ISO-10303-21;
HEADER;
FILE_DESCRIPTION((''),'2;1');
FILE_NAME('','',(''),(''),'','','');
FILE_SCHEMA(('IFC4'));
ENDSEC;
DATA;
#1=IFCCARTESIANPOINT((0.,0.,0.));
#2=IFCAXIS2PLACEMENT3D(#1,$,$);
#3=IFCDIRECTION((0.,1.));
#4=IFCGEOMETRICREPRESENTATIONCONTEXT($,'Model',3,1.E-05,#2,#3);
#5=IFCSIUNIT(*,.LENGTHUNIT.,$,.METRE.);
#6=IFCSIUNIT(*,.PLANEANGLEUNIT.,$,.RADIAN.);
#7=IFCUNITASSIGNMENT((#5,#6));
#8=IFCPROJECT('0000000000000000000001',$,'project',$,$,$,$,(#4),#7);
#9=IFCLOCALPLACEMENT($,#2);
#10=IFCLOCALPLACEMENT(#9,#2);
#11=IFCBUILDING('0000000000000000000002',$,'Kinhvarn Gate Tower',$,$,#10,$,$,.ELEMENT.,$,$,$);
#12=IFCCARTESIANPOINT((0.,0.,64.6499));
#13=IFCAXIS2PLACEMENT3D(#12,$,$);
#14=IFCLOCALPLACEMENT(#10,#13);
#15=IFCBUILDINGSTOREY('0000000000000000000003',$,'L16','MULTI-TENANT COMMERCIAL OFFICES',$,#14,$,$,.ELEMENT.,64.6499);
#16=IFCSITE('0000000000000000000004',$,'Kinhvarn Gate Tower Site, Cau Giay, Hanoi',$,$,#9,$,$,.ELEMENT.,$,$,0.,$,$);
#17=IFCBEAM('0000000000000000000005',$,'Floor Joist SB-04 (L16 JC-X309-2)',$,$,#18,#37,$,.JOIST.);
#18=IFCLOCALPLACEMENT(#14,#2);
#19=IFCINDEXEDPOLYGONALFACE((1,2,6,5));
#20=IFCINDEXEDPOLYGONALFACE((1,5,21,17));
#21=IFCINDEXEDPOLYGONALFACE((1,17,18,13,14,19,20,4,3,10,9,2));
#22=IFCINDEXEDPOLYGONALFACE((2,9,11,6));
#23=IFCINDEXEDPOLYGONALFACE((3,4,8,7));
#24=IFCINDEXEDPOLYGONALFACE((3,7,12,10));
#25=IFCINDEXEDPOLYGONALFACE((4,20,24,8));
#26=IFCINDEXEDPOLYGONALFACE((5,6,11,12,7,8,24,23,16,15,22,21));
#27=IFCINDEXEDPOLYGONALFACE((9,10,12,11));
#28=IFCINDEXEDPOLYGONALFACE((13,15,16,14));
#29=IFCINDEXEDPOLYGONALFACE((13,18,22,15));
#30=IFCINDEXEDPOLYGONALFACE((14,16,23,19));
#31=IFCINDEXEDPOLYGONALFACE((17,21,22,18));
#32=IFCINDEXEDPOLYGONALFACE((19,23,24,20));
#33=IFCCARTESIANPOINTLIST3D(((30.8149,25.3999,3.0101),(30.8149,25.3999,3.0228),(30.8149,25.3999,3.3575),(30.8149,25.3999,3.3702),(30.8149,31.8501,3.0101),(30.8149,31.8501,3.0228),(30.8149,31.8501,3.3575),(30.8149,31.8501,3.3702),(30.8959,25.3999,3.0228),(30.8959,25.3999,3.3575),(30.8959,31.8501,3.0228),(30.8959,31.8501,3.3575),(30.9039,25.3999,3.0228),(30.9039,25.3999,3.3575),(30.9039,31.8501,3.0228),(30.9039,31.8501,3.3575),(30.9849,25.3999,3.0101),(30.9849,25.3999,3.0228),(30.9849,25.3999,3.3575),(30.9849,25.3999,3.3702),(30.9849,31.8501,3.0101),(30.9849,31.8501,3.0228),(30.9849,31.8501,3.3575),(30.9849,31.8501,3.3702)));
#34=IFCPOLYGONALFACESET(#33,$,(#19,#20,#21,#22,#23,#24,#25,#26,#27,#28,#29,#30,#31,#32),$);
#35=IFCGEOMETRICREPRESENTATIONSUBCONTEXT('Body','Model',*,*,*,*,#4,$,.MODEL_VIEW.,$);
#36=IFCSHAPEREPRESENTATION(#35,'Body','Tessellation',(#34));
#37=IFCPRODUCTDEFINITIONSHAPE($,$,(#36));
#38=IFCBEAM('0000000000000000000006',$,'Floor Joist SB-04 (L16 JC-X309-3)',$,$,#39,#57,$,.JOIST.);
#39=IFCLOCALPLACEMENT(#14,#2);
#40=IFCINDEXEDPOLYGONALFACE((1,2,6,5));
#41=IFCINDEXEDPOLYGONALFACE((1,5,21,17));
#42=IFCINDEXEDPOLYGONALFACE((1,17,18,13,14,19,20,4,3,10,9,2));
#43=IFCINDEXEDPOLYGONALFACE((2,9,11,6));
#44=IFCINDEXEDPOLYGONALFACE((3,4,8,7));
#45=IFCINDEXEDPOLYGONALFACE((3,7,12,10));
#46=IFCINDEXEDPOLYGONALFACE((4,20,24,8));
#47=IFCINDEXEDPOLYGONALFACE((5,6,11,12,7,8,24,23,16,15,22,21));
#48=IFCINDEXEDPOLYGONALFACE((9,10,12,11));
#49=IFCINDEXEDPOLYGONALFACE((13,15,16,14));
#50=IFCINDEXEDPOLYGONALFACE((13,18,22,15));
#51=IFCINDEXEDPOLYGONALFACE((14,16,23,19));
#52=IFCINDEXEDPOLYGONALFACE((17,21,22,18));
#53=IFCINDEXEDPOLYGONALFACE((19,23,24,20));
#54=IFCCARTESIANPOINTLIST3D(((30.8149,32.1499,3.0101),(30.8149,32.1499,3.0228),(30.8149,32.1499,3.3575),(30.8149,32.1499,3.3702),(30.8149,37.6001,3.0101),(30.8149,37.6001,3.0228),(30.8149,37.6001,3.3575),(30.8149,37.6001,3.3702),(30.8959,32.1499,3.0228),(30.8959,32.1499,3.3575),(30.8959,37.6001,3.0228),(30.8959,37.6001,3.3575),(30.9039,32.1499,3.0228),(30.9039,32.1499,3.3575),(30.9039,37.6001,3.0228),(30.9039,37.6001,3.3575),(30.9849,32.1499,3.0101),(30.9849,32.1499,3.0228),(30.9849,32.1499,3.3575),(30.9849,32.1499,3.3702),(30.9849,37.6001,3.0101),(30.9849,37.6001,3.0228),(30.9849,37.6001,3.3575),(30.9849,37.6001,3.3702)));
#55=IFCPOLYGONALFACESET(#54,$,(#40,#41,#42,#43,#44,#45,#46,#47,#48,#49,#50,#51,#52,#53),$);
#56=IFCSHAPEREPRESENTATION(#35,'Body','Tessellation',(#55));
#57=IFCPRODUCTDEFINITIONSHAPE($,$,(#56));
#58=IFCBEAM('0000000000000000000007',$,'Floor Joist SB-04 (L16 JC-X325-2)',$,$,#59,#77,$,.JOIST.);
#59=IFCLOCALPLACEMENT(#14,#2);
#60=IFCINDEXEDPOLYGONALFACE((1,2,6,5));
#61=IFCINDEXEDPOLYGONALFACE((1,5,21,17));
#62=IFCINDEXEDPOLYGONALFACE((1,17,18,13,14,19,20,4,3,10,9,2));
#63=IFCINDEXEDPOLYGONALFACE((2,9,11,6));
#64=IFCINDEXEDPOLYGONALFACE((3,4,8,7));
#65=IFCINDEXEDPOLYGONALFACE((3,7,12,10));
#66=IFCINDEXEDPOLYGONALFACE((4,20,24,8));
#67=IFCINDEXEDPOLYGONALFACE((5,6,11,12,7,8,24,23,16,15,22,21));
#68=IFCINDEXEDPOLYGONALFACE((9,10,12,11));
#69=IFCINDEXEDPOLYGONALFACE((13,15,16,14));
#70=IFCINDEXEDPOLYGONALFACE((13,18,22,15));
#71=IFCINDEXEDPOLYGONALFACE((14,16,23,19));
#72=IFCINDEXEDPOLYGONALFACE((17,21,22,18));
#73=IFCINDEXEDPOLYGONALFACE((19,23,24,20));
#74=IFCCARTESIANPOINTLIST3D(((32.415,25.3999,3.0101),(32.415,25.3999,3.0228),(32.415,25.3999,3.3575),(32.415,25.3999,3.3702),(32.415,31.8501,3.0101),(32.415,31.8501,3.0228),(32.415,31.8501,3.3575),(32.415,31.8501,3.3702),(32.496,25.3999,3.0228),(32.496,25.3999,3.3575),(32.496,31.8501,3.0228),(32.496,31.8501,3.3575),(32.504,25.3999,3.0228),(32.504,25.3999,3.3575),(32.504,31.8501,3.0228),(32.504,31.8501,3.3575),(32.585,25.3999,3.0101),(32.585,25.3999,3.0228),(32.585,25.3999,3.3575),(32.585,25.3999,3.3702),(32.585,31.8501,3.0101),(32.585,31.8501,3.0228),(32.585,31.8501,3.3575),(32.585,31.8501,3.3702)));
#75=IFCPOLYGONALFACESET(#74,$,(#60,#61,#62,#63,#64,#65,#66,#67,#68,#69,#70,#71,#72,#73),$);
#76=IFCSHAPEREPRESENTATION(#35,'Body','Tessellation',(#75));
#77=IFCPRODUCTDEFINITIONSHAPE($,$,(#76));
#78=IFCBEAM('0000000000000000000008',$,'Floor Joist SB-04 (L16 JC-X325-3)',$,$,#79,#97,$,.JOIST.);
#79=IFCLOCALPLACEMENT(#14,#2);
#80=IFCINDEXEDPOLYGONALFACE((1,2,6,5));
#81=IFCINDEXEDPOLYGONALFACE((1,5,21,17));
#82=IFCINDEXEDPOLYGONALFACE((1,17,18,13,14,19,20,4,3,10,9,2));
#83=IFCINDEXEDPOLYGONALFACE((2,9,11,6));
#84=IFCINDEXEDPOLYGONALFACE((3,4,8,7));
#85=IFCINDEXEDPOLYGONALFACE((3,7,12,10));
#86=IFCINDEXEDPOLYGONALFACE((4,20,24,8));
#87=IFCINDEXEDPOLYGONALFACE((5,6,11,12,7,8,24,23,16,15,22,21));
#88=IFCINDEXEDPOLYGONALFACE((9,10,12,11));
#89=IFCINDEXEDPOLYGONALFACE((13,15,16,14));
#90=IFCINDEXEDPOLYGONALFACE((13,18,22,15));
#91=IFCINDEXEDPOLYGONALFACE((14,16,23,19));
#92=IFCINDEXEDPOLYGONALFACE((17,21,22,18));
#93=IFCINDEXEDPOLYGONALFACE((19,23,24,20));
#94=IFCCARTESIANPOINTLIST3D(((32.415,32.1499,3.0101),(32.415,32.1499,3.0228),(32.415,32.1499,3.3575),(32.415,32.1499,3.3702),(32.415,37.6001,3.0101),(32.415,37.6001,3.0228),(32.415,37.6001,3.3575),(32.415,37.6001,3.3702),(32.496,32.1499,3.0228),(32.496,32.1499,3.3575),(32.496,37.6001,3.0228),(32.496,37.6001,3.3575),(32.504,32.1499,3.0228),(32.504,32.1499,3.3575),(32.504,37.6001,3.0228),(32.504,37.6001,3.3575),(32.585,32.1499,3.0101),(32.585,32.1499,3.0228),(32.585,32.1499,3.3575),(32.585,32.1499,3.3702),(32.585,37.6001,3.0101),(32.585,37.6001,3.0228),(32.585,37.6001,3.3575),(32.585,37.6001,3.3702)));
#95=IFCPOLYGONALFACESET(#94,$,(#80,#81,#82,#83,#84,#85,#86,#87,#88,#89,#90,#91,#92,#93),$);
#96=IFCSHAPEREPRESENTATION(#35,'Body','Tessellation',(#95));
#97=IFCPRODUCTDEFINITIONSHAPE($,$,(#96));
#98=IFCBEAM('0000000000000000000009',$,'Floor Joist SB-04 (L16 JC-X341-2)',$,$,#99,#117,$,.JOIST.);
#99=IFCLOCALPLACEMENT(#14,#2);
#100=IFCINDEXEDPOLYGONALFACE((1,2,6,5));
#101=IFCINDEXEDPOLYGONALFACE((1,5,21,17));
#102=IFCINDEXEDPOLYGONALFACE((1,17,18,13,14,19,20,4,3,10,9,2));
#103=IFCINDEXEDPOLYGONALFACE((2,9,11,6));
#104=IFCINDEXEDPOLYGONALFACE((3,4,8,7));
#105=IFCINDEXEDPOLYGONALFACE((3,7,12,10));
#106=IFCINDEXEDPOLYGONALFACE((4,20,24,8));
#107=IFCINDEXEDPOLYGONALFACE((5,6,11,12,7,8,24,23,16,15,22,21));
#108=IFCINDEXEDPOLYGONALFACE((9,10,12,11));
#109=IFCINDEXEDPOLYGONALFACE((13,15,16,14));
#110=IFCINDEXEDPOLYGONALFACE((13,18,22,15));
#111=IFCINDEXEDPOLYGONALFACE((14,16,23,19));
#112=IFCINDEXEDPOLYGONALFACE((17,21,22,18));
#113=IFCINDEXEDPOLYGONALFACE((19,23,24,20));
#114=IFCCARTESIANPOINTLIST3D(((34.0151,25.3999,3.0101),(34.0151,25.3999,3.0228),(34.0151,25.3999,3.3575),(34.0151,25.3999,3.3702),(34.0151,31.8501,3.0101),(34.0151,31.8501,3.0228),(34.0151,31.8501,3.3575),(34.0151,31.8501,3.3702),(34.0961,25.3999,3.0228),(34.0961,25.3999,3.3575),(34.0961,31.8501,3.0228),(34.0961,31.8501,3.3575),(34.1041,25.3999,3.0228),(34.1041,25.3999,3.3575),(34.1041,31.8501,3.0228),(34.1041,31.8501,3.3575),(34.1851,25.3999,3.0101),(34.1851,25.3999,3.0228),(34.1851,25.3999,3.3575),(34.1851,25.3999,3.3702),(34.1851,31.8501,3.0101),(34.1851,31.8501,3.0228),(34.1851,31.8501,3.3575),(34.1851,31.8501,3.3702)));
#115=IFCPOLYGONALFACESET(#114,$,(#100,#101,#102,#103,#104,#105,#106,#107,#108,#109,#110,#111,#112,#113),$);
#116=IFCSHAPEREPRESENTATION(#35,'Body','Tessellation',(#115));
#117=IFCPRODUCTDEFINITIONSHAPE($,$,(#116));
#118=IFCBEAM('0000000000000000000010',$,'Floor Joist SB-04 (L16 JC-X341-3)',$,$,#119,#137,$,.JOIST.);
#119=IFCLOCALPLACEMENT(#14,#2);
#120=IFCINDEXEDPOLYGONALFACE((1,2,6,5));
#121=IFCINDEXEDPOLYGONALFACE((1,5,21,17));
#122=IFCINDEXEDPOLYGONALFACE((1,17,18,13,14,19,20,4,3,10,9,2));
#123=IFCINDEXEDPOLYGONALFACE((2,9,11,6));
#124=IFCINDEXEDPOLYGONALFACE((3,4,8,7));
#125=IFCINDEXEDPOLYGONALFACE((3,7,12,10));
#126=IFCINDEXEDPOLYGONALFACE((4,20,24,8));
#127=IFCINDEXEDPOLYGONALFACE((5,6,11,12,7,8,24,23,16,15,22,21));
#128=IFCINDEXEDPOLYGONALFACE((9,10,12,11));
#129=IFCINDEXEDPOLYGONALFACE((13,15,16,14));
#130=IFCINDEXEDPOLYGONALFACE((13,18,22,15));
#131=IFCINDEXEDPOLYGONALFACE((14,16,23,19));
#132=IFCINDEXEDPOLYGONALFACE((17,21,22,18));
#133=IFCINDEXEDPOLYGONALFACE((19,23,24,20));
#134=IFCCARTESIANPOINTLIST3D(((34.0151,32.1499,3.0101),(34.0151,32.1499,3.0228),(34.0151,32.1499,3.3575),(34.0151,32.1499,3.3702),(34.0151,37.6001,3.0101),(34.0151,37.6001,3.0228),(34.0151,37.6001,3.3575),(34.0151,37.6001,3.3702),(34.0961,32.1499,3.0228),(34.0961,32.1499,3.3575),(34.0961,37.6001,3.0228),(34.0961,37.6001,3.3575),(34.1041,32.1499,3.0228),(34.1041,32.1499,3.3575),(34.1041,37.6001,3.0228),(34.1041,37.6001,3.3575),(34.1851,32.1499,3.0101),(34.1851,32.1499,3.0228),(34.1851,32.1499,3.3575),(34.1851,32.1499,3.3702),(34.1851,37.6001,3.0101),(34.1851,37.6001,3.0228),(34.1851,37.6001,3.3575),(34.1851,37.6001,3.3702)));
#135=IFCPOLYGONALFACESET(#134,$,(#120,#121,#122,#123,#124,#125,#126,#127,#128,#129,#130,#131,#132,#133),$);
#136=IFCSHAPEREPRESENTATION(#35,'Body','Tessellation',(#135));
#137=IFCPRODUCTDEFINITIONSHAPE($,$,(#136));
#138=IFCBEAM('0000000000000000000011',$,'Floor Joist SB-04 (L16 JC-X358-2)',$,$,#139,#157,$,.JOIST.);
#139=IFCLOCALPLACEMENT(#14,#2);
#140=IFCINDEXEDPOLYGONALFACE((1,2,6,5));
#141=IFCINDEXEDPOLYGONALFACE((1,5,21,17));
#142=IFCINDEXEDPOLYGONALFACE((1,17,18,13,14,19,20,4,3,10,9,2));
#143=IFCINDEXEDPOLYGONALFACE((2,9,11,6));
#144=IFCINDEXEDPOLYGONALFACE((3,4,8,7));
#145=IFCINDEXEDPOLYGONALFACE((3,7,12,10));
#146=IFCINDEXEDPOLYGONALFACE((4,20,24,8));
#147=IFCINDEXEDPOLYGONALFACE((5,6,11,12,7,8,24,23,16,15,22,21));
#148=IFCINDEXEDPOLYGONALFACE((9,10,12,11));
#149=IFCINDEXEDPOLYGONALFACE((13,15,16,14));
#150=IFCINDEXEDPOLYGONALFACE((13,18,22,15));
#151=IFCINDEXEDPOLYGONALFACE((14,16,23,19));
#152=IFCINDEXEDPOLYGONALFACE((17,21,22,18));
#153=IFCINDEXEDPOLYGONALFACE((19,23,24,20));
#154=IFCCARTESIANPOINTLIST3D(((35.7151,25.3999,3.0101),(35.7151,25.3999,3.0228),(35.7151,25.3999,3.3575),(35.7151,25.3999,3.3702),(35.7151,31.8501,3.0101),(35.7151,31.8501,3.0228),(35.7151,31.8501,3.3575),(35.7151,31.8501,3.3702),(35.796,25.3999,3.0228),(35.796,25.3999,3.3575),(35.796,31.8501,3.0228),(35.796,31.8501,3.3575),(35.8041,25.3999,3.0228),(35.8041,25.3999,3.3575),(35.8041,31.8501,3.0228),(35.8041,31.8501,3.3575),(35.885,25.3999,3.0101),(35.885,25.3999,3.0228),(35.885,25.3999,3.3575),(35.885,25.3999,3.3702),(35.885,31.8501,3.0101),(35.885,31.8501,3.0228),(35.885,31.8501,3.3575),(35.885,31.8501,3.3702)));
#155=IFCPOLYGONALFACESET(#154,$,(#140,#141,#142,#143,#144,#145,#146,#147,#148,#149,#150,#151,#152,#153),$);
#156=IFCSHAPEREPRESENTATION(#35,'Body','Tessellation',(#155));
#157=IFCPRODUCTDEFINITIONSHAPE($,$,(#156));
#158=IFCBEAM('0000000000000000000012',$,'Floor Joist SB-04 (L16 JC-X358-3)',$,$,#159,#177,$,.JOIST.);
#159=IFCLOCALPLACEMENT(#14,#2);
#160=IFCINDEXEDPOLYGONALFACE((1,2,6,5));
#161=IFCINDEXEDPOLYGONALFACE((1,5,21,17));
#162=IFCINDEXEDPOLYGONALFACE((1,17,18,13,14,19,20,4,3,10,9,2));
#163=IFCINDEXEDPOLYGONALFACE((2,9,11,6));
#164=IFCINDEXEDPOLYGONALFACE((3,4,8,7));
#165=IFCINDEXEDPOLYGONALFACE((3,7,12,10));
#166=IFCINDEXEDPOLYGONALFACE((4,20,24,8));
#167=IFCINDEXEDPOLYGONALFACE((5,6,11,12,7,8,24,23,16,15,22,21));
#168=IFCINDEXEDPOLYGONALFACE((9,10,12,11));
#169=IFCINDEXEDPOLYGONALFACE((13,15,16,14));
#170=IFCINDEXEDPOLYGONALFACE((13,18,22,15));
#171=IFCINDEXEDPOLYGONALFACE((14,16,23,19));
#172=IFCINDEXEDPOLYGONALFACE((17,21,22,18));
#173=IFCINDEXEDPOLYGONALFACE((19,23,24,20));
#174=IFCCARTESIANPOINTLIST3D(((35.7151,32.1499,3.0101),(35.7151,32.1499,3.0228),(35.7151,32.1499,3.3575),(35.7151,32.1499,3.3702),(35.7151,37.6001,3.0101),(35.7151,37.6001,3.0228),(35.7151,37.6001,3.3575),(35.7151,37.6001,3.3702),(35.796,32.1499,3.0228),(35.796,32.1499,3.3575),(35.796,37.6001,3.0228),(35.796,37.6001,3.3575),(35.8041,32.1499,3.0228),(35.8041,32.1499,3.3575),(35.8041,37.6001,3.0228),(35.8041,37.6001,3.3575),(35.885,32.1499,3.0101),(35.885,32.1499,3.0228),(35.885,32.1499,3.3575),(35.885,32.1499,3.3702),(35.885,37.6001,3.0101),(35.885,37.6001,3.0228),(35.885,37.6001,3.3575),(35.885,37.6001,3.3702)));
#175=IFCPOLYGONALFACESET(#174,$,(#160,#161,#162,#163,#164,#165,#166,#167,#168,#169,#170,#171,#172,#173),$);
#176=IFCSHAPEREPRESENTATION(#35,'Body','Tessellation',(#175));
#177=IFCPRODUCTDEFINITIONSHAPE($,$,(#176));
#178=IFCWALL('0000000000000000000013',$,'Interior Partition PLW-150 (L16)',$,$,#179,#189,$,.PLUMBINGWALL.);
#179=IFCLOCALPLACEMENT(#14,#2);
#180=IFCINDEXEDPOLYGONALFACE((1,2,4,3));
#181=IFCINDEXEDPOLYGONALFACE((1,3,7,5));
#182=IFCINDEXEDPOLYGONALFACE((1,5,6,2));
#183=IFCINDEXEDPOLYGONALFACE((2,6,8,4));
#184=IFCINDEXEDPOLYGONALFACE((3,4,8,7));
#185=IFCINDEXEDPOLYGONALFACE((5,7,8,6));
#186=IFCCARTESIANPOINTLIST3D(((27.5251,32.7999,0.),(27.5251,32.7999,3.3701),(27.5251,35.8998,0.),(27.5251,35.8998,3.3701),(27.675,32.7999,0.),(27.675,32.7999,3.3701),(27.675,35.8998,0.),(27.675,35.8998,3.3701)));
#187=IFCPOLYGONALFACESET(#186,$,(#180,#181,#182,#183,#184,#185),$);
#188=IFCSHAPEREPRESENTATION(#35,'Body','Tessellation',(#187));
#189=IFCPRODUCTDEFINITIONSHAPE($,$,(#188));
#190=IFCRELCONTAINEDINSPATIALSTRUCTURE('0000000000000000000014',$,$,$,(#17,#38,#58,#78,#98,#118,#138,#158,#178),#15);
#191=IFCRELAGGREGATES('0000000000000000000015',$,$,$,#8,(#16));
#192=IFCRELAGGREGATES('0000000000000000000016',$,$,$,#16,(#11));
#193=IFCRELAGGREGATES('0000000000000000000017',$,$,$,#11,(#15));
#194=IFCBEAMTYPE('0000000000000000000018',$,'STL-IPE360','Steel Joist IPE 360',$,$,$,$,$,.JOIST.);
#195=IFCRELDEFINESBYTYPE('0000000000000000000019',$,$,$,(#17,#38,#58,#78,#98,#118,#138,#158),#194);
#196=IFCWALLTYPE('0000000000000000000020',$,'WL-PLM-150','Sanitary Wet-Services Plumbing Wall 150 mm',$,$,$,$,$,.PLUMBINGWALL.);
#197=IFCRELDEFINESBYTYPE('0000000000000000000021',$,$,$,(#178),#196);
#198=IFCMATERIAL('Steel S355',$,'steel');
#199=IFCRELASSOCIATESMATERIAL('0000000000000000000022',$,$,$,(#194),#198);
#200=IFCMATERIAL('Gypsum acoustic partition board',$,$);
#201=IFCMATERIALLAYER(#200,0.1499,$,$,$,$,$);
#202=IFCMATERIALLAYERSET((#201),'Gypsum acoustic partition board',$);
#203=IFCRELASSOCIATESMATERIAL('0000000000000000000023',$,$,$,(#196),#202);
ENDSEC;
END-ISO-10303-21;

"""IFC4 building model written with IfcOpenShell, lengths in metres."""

from ifc_helpers import new_model, si_unit, direction, frame, frame_2d, origin, origin_2d, place, context, subcontext, project, spatial, rectangle, i_section, extrude, material, layer, layer_set, material_profile, profile_set, type_object, element, save


model = new_model("IFC4")

# Units and contexts
model_context = context("Model", 3, precision=1e-05, world=origin(), true_north=direction((0.0, 1.0)))
body_context = subcontext(model_context, "Body", "Model", "MODEL_VIEW")
ifc_project = project(units=[si_unit("LENGTHUNIT", "METRE"), si_unit("PLANEANGLEUNIT", "RADIAN")], contexts=[model_context])

# Site, building, storey
site_placement = place(None, origin())
site = spatial("IfcSite", under=ifc_project, at=site_placement, Name="Kinhvarn Gate Tower Site, Cau Giay, Hanoi", CompositionType="ELEMENT", RefElevation=0.0)
building_placement = place(site_placement, origin())
building = spatial("IfcBuilding", under=site, at=building_placement, Name="Kinhvarn Gate Tower", CompositionType="ELEMENT")
storey_placement = place(building_placement, frame((0.0, 0.0, 64.6499)))
storey = spatial("IfcBuildingStorey", under=building, at=storey_placement, Name="L16", Description="MULTI-TENANT COMMERCIAL OFFICES", CompositionType="ELEMENT", Elevation=64.6499)

# Beams
ifc_material_1 = material(Name="Steel S355", Category="steel")
ifc_material_profile_1 = material_profile(ifc_material_1, i_section(OverallWidth=0.1699, OverallDepth=0.3601, WebThickness=0.0081, FlangeThickness=0.0127, at=origin_2d()), Name="IPE 360")
ifc_profile_set_1 = profile_set([ifc_material_profile_1], Name="Steel S355")
beam_type_1 = type_object("IfcBeamType", Name="STL-IPE360", Description="Steel Joist IPE 360", PredefinedType="JOIST", material=ifc_profile_set_1)
beam_1_placement = place(storey_placement, frame((30.8999, 25.3999, 3.1902), z_axis=(0.0, 1.0, 0.0), x_axis=(-1.0, 0.0, 0.0)))
element("IfcBeam", 1, at=beam_1_placement, inside=storey, type_object=beam_type_1, Name="Floor Joist SB-04 (L16 JC-X309-2)", PredefinedType="JOIST", context=body_context, shape_type="SweptSolid", body=[
    extrude(i_section(OverallWidth=0.1699, OverallDepth=0.3601, WebThickness=0.0081, FlangeThickness=0.0127, at=origin_2d()), origin(), (0.0, 0.0, 1.0), 6.4502),
])
beam_2_placement = place(storey_placement, frame((30.8999, 32.1499, 3.1902), z_axis=(0.0, 1.0, 0.0), x_axis=(-1.0, 0.0, 0.0)))
element("IfcBeam", 2, at=beam_2_placement, inside=storey, type_object=beam_type_1, Name="Floor Joist SB-04 (L16 JC-X309-3)", PredefinedType="JOIST", context=body_context, shape_type="SweptSolid", body=[
    extrude(i_section(OverallWidth=0.1699, OverallDepth=0.3601, WebThickness=0.0081, FlangeThickness=0.0127, at=origin_2d()), origin(), (0.0, 0.0, 1.0), 5.4502),
])
beam_3_placement = place(storey_placement, frame((32.5, 25.3999, 3.1902), z_axis=(0.0, 1.0, 0.0), x_axis=(-1.0, 0.0, 0.0)))
element("IfcBeam", 3, at=beam_3_placement, inside=storey, type_object=beam_type_1, Name="Floor Joist SB-04 (L16 JC-X325-2)", PredefinedType="JOIST", context=body_context, shape_type="SweptSolid", body=[
    extrude(i_section(OverallWidth=0.1699, OverallDepth=0.3601, WebThickness=0.0081, FlangeThickness=0.0127, at=origin_2d()), origin(), (0.0, 0.0, 1.0), 6.4502),
])
beam_4_placement = place(storey_placement, frame((32.5, 32.1499, 3.1902), z_axis=(0.0, 1.0, 0.0), x_axis=(-1.0, 0.0, 0.0)))
element("IfcBeam", 4, at=beam_4_placement, inside=storey, type_object=beam_type_1, Name="Floor Joist SB-04 (L16 JC-X325-3)", PredefinedType="JOIST", context=body_context, shape_type="SweptSolid", body=[
    extrude(i_section(OverallWidth=0.1699, OverallDepth=0.3601, WebThickness=0.0081, FlangeThickness=0.0127, at=origin_2d()), origin(), (0.0, 0.0, 1.0), 5.4502),
])
beam_5_placement = place(storey_placement, frame((34.1001, 25.3999, 3.1902), z_axis=(0.0, 1.0, 0.0), x_axis=(-1.0, 0.0, 0.0)))
element("IfcBeam", 5, at=beam_5_placement, inside=storey, type_object=beam_type_1, Name="Floor Joist SB-04 (L16 JC-X341-2)", PredefinedType="JOIST", context=body_context, shape_type="SweptSolid", body=[
    extrude(i_section(OverallWidth=0.1699, OverallDepth=0.3601, WebThickness=0.0081, FlangeThickness=0.0127, at=origin_2d()), origin(), (0.0, 0.0, 1.0), 6.4502),
])
beam_6_placement = place(storey_placement, frame((34.1001, 32.1499, 3.1902), z_axis=(0.0, 1.0, 0.0), x_axis=(-1.0, 0.0, 0.0)))
element("IfcBeam", 6, at=beam_6_placement, inside=storey, type_object=beam_type_1, Name="Floor Joist SB-04 (L16 JC-X341-3)", PredefinedType="JOIST", context=body_context, shape_type="SweptSolid", body=[
    extrude(i_section(OverallWidth=0.1699, OverallDepth=0.3601, WebThickness=0.0081, FlangeThickness=0.0127, at=origin_2d()), origin(), (0.0, 0.0, 1.0), 5.4502),
])
beam_7_placement = place(storey_placement, frame((35.8, 25.3999, 3.1902), z_axis=(0.0, 1.0, 0.0), x_axis=(-1.0, 0.0, 0.0)))
element("IfcBeam", 7, at=beam_7_placement, inside=storey, type_object=beam_type_1, Name="Floor Joist SB-04 (L16 JC-X358-2)", PredefinedType="JOIST", context=body_context, shape_type="SweptSolid", body=[
    extrude(i_section(OverallWidth=0.1699, OverallDepth=0.3601, WebThickness=0.0081, FlangeThickness=0.0127, at=origin_2d()), origin(), (0.0, 0.0, 1.0), 6.4502),
])
beam_8_placement = place(storey_placement, frame((35.8, 32.1499, 3.1902), z_axis=(0.0, 1.0, 0.0), x_axis=(-1.0, 0.0, 0.0)))
element("IfcBeam", 8, at=beam_8_placement, inside=storey, type_object=beam_type_1, Name="Floor Joist SB-04 (L16 JC-X358-3)", PredefinedType="JOIST", context=body_context, shape_type="SweptSolid", body=[
    extrude(i_section(OverallWidth=0.1699, OverallDepth=0.3601, WebThickness=0.0081, FlangeThickness=0.0127, at=origin_2d()), origin(), (0.0, 0.0, 1.0), 5.4502),
])

# Wall
ifc_material_2 = material(Name="Gypsum acoustic partition board")
ifc_layer_1 = layer(ifc_material_2, 0.1499)
ifc_layer_set_1 = layer_set([ifc_layer_1], Name="Gypsum acoustic partition board")
wall_type_1 = type_object("IfcWallType", Name="WL-PLM-150", Description="Sanitary Wet-Services Plumbing Wall 150 mm", PredefinedType="PLUMBINGWALL", material=ifc_layer_set_1)
for number, where, z_axis, x_axis, name in (
    (9, (27.6001, 32.8, 0.0), (0.0, 0.0, 1.0), (0.0, 1.0, 0.0), "Interior Partition PLW-150 (L16)"),
):
    element("IfcWall", number, at=place(storey_placement, frame(where, z_axis=z_axis, x_axis=x_axis)), inside=storey, type_object=wall_type_1, Name=name, PredefinedType="PLUMBINGWALL", context=body_context, shape_type="SweptSolid", body=[
        extrude(rectangle(XDim=3.0999, YDim=0.1499, at=frame_2d((1.5498, 0.0))), origin(), (0.0, 0.0, 1.0), 3.3701),
    ])

save(model, "model.ifc")
